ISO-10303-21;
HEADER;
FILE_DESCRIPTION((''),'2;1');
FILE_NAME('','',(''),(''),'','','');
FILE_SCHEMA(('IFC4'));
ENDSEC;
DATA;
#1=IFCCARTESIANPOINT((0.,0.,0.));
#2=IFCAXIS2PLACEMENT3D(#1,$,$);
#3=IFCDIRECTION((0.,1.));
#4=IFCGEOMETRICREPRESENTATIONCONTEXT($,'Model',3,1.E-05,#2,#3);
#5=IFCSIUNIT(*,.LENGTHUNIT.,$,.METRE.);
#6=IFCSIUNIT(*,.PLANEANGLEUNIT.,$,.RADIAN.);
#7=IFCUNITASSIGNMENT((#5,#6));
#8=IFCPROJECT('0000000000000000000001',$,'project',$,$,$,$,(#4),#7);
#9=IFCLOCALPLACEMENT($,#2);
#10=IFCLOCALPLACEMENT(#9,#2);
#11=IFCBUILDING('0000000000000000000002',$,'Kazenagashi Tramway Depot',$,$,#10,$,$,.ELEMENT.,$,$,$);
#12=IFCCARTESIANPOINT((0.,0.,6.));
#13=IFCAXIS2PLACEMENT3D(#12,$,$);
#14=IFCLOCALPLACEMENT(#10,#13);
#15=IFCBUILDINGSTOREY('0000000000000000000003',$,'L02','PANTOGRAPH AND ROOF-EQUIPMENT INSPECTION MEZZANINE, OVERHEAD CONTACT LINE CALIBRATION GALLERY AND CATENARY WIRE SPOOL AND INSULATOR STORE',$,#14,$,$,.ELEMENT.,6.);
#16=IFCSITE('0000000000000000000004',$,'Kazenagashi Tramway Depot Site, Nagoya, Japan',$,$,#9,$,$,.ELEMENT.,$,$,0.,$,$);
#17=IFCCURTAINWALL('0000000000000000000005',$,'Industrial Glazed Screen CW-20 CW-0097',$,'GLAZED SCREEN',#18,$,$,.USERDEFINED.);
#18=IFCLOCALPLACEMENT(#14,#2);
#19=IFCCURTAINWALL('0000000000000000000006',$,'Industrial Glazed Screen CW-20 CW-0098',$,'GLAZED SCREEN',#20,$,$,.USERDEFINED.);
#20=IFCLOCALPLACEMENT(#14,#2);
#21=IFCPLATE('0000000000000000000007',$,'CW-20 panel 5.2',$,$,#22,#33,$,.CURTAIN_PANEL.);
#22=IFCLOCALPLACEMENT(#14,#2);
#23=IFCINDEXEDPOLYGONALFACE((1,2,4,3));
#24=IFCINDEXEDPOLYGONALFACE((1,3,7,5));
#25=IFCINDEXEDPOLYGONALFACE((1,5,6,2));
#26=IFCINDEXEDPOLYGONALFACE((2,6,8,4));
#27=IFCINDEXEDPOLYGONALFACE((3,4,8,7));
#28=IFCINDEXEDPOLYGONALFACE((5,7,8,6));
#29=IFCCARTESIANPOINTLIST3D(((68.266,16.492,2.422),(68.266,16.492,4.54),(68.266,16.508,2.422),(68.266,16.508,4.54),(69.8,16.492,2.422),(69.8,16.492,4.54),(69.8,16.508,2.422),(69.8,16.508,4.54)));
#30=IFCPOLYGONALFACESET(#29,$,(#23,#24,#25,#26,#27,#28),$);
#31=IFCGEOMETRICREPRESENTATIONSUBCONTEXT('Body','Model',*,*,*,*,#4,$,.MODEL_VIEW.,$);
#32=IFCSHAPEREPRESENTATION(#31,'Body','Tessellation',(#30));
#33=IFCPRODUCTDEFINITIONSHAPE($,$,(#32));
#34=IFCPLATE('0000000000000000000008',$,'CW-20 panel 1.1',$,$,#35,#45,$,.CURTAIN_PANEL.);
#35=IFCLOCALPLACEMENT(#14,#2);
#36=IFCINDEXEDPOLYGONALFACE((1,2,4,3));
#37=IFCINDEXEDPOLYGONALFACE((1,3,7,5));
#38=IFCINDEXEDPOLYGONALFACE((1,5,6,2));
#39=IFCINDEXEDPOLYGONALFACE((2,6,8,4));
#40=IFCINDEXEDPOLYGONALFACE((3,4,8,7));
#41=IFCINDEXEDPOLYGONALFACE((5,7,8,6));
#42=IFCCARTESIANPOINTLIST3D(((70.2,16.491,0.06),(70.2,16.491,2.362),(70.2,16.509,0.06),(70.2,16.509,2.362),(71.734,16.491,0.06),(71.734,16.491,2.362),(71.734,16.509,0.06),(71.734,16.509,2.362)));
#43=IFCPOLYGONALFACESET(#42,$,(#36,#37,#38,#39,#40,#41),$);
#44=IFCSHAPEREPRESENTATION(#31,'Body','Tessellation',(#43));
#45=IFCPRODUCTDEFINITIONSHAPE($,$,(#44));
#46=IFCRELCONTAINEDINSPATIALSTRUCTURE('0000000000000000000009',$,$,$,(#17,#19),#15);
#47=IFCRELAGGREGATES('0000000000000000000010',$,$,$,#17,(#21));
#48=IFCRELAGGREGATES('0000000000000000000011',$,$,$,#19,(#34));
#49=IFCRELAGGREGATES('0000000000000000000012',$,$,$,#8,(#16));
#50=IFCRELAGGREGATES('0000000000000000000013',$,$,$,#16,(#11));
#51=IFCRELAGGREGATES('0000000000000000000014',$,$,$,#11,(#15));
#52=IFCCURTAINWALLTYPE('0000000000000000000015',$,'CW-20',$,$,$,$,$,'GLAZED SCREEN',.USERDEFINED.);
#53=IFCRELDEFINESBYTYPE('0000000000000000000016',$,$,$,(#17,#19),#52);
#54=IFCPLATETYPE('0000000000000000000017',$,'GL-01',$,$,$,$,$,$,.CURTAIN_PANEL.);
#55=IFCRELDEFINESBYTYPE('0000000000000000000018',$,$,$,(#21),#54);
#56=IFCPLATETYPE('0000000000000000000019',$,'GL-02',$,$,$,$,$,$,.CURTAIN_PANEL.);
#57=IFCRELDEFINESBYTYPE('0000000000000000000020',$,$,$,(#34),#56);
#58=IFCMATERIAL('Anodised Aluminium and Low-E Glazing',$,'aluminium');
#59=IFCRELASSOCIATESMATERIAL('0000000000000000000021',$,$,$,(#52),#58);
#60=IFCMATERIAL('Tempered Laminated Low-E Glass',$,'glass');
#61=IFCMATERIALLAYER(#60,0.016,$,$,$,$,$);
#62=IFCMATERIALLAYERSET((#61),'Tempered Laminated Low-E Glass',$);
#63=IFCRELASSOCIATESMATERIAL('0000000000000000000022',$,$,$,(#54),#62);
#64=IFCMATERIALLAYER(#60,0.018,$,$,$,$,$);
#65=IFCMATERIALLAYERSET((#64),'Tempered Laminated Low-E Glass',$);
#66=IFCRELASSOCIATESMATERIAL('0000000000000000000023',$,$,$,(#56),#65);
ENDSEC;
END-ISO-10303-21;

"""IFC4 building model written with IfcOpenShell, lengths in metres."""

from ifc_helpers import new_model, si_unit, direction, frame, origin, origin_2d, place, context, subcontext, project, spatial, rectangle, extrude, material, layer, layer_set, type_object, element, aggregate, save


model = new_model("IFC4")

# Units and contexts
model_context = context("Model", 3, precision=1e-05, world=origin(), true_north=direction((0.0, 1.0)))
body_context = subcontext(model_context, "Body", "Model", "MODEL_VIEW")
ifc_project = project(units=[si_unit("LENGTHUNIT", "METRE"), si_unit("PLANEANGLEUNIT", "RADIAN")], contexts=[model_context])

# Site, building, storey
site_placement = place(None, origin())
site = spatial("IfcSite", under=ifc_project, at=site_placement, Name="Kazenagashi Tramway Depot Site, Nagoya, Japan", CompositionType="ELEMENT", RefElevation=0.0)
building_placement = place(site_placement, origin())
building = spatial("IfcBuilding", under=site, at=building_placement, Name="Kazenagashi Tramway Depot", CompositionType="ELEMENT")
storey_placement = place(building_placement, frame((0.0, 0.0, 6.0)))
storey = spatial("IfcBuildingStorey", under=building, at=storey_placement, Name="L02", Description="PANTOGRAPH AND ROOF-EQUIPMENT INSPECTION MEZZANINE, OVERHEAD CONTACT LINE CALIBRATION GALLERY AND CATENARY WIRE SPOOL AND INSULATOR STORE", CompositionType="ELEMENT", Elevation=6.0)

# Curtain wall
ifc_material_1 = material(Name="Anodised Aluminium and Low-E Glazing", Category="aluminium")
curtain_wall_type = type_object("IfcCurtainWallType", Name="CW-20", ElementType="GLAZED SCREEN", PredefinedType="USERDEFINED", material=ifc_material_1)
curtain_wall_1_placement = place(storey_placement, origin())
curtain_wall_1 = element("IfcCurtainWall", 1, at=curtain_wall_1_placement, inside=storey, type_object=curtain_wall_type, Name="Industrial Glazed Screen CW-20 CW-0097", ObjectType="GLAZED SCREEN", PredefinedType="USERDEFINED")

# Curtain wall
curtain_wall_2_placement = place(storey_placement, origin())
curtain_wall_2 = element("IfcCurtainWall", 2, at=curtain_wall_2_placement, inside=storey, type_object=curtain_wall_type, Name="Industrial Glazed Screen CW-20 CW-0098", ObjectType="GLAZED SCREEN", PredefinedType="USERDEFINED")

# Plates
ifc_material_2 = material(Name="Tempered Laminated Low-E Glass", Category="glass")
ifc_layer_1 = layer(ifc_material_2, 0.016)
ifc_layer_set_1 = layer_set([ifc_layer_1], Name="Tempered Laminated Low-E Glass")
plate_type_1 = type_object("IfcPlateType", Name="GL-01", PredefinedType="CURTAIN_PANEL", material=ifc_layer_set_1)
plate_1_placement = place(storey_placement, frame((69.033, 16.5, 2.422), z_axis=(0.0, 0.0, 1.0), x_axis=(1.0, 0.0, 0.0)))
plate_1 = element("IfcPlate", 3, at=plate_1_placement, type_object=plate_type_1, Name="CW-20 panel 5.2", PredefinedType="CURTAIN_PANEL", context=body_context, shape_type="SweptSolid", body=[
    extrude(rectangle(XDim=1.534, YDim=0.016, at=origin_2d()), origin(), (0.0, 0.0, 1.0), 2.118),
])
aggregate(curtain_wall_1, [plate_1])
ifc_layer_2 = layer(ifc_material_2, 0.018)
ifc_layer_set_2 = layer_set([ifc_layer_2], Name="Tempered Laminated Low-E Glass")
plate_type_2 = type_object("IfcPlateType", Name="GL-02", PredefinedType="CURTAIN_PANEL", material=ifc_layer_set_2)
plate_2_placement = place(storey_placement, frame((70.967, 16.5, 0.06), z_axis=(0.0, 0.0, 1.0), x_axis=(1.0, 0.0, 0.0)))
plate_2 = element("IfcPlate", 4, at=plate_2_placement, type_object=plate_type_2, Name="CW-20 panel 1.1", PredefinedType="CURTAIN_PANEL", context=body_context, shape_type="SweptSolid", body=[
    extrude(rectangle(XDim=1.534, YDim=0.018, at=origin_2d()), origin(), (0.0, 0.0, 1.0), 2.302),
])
aggregate(curtain_wall_2, [plate_2])

save(model, "model.ifc")
